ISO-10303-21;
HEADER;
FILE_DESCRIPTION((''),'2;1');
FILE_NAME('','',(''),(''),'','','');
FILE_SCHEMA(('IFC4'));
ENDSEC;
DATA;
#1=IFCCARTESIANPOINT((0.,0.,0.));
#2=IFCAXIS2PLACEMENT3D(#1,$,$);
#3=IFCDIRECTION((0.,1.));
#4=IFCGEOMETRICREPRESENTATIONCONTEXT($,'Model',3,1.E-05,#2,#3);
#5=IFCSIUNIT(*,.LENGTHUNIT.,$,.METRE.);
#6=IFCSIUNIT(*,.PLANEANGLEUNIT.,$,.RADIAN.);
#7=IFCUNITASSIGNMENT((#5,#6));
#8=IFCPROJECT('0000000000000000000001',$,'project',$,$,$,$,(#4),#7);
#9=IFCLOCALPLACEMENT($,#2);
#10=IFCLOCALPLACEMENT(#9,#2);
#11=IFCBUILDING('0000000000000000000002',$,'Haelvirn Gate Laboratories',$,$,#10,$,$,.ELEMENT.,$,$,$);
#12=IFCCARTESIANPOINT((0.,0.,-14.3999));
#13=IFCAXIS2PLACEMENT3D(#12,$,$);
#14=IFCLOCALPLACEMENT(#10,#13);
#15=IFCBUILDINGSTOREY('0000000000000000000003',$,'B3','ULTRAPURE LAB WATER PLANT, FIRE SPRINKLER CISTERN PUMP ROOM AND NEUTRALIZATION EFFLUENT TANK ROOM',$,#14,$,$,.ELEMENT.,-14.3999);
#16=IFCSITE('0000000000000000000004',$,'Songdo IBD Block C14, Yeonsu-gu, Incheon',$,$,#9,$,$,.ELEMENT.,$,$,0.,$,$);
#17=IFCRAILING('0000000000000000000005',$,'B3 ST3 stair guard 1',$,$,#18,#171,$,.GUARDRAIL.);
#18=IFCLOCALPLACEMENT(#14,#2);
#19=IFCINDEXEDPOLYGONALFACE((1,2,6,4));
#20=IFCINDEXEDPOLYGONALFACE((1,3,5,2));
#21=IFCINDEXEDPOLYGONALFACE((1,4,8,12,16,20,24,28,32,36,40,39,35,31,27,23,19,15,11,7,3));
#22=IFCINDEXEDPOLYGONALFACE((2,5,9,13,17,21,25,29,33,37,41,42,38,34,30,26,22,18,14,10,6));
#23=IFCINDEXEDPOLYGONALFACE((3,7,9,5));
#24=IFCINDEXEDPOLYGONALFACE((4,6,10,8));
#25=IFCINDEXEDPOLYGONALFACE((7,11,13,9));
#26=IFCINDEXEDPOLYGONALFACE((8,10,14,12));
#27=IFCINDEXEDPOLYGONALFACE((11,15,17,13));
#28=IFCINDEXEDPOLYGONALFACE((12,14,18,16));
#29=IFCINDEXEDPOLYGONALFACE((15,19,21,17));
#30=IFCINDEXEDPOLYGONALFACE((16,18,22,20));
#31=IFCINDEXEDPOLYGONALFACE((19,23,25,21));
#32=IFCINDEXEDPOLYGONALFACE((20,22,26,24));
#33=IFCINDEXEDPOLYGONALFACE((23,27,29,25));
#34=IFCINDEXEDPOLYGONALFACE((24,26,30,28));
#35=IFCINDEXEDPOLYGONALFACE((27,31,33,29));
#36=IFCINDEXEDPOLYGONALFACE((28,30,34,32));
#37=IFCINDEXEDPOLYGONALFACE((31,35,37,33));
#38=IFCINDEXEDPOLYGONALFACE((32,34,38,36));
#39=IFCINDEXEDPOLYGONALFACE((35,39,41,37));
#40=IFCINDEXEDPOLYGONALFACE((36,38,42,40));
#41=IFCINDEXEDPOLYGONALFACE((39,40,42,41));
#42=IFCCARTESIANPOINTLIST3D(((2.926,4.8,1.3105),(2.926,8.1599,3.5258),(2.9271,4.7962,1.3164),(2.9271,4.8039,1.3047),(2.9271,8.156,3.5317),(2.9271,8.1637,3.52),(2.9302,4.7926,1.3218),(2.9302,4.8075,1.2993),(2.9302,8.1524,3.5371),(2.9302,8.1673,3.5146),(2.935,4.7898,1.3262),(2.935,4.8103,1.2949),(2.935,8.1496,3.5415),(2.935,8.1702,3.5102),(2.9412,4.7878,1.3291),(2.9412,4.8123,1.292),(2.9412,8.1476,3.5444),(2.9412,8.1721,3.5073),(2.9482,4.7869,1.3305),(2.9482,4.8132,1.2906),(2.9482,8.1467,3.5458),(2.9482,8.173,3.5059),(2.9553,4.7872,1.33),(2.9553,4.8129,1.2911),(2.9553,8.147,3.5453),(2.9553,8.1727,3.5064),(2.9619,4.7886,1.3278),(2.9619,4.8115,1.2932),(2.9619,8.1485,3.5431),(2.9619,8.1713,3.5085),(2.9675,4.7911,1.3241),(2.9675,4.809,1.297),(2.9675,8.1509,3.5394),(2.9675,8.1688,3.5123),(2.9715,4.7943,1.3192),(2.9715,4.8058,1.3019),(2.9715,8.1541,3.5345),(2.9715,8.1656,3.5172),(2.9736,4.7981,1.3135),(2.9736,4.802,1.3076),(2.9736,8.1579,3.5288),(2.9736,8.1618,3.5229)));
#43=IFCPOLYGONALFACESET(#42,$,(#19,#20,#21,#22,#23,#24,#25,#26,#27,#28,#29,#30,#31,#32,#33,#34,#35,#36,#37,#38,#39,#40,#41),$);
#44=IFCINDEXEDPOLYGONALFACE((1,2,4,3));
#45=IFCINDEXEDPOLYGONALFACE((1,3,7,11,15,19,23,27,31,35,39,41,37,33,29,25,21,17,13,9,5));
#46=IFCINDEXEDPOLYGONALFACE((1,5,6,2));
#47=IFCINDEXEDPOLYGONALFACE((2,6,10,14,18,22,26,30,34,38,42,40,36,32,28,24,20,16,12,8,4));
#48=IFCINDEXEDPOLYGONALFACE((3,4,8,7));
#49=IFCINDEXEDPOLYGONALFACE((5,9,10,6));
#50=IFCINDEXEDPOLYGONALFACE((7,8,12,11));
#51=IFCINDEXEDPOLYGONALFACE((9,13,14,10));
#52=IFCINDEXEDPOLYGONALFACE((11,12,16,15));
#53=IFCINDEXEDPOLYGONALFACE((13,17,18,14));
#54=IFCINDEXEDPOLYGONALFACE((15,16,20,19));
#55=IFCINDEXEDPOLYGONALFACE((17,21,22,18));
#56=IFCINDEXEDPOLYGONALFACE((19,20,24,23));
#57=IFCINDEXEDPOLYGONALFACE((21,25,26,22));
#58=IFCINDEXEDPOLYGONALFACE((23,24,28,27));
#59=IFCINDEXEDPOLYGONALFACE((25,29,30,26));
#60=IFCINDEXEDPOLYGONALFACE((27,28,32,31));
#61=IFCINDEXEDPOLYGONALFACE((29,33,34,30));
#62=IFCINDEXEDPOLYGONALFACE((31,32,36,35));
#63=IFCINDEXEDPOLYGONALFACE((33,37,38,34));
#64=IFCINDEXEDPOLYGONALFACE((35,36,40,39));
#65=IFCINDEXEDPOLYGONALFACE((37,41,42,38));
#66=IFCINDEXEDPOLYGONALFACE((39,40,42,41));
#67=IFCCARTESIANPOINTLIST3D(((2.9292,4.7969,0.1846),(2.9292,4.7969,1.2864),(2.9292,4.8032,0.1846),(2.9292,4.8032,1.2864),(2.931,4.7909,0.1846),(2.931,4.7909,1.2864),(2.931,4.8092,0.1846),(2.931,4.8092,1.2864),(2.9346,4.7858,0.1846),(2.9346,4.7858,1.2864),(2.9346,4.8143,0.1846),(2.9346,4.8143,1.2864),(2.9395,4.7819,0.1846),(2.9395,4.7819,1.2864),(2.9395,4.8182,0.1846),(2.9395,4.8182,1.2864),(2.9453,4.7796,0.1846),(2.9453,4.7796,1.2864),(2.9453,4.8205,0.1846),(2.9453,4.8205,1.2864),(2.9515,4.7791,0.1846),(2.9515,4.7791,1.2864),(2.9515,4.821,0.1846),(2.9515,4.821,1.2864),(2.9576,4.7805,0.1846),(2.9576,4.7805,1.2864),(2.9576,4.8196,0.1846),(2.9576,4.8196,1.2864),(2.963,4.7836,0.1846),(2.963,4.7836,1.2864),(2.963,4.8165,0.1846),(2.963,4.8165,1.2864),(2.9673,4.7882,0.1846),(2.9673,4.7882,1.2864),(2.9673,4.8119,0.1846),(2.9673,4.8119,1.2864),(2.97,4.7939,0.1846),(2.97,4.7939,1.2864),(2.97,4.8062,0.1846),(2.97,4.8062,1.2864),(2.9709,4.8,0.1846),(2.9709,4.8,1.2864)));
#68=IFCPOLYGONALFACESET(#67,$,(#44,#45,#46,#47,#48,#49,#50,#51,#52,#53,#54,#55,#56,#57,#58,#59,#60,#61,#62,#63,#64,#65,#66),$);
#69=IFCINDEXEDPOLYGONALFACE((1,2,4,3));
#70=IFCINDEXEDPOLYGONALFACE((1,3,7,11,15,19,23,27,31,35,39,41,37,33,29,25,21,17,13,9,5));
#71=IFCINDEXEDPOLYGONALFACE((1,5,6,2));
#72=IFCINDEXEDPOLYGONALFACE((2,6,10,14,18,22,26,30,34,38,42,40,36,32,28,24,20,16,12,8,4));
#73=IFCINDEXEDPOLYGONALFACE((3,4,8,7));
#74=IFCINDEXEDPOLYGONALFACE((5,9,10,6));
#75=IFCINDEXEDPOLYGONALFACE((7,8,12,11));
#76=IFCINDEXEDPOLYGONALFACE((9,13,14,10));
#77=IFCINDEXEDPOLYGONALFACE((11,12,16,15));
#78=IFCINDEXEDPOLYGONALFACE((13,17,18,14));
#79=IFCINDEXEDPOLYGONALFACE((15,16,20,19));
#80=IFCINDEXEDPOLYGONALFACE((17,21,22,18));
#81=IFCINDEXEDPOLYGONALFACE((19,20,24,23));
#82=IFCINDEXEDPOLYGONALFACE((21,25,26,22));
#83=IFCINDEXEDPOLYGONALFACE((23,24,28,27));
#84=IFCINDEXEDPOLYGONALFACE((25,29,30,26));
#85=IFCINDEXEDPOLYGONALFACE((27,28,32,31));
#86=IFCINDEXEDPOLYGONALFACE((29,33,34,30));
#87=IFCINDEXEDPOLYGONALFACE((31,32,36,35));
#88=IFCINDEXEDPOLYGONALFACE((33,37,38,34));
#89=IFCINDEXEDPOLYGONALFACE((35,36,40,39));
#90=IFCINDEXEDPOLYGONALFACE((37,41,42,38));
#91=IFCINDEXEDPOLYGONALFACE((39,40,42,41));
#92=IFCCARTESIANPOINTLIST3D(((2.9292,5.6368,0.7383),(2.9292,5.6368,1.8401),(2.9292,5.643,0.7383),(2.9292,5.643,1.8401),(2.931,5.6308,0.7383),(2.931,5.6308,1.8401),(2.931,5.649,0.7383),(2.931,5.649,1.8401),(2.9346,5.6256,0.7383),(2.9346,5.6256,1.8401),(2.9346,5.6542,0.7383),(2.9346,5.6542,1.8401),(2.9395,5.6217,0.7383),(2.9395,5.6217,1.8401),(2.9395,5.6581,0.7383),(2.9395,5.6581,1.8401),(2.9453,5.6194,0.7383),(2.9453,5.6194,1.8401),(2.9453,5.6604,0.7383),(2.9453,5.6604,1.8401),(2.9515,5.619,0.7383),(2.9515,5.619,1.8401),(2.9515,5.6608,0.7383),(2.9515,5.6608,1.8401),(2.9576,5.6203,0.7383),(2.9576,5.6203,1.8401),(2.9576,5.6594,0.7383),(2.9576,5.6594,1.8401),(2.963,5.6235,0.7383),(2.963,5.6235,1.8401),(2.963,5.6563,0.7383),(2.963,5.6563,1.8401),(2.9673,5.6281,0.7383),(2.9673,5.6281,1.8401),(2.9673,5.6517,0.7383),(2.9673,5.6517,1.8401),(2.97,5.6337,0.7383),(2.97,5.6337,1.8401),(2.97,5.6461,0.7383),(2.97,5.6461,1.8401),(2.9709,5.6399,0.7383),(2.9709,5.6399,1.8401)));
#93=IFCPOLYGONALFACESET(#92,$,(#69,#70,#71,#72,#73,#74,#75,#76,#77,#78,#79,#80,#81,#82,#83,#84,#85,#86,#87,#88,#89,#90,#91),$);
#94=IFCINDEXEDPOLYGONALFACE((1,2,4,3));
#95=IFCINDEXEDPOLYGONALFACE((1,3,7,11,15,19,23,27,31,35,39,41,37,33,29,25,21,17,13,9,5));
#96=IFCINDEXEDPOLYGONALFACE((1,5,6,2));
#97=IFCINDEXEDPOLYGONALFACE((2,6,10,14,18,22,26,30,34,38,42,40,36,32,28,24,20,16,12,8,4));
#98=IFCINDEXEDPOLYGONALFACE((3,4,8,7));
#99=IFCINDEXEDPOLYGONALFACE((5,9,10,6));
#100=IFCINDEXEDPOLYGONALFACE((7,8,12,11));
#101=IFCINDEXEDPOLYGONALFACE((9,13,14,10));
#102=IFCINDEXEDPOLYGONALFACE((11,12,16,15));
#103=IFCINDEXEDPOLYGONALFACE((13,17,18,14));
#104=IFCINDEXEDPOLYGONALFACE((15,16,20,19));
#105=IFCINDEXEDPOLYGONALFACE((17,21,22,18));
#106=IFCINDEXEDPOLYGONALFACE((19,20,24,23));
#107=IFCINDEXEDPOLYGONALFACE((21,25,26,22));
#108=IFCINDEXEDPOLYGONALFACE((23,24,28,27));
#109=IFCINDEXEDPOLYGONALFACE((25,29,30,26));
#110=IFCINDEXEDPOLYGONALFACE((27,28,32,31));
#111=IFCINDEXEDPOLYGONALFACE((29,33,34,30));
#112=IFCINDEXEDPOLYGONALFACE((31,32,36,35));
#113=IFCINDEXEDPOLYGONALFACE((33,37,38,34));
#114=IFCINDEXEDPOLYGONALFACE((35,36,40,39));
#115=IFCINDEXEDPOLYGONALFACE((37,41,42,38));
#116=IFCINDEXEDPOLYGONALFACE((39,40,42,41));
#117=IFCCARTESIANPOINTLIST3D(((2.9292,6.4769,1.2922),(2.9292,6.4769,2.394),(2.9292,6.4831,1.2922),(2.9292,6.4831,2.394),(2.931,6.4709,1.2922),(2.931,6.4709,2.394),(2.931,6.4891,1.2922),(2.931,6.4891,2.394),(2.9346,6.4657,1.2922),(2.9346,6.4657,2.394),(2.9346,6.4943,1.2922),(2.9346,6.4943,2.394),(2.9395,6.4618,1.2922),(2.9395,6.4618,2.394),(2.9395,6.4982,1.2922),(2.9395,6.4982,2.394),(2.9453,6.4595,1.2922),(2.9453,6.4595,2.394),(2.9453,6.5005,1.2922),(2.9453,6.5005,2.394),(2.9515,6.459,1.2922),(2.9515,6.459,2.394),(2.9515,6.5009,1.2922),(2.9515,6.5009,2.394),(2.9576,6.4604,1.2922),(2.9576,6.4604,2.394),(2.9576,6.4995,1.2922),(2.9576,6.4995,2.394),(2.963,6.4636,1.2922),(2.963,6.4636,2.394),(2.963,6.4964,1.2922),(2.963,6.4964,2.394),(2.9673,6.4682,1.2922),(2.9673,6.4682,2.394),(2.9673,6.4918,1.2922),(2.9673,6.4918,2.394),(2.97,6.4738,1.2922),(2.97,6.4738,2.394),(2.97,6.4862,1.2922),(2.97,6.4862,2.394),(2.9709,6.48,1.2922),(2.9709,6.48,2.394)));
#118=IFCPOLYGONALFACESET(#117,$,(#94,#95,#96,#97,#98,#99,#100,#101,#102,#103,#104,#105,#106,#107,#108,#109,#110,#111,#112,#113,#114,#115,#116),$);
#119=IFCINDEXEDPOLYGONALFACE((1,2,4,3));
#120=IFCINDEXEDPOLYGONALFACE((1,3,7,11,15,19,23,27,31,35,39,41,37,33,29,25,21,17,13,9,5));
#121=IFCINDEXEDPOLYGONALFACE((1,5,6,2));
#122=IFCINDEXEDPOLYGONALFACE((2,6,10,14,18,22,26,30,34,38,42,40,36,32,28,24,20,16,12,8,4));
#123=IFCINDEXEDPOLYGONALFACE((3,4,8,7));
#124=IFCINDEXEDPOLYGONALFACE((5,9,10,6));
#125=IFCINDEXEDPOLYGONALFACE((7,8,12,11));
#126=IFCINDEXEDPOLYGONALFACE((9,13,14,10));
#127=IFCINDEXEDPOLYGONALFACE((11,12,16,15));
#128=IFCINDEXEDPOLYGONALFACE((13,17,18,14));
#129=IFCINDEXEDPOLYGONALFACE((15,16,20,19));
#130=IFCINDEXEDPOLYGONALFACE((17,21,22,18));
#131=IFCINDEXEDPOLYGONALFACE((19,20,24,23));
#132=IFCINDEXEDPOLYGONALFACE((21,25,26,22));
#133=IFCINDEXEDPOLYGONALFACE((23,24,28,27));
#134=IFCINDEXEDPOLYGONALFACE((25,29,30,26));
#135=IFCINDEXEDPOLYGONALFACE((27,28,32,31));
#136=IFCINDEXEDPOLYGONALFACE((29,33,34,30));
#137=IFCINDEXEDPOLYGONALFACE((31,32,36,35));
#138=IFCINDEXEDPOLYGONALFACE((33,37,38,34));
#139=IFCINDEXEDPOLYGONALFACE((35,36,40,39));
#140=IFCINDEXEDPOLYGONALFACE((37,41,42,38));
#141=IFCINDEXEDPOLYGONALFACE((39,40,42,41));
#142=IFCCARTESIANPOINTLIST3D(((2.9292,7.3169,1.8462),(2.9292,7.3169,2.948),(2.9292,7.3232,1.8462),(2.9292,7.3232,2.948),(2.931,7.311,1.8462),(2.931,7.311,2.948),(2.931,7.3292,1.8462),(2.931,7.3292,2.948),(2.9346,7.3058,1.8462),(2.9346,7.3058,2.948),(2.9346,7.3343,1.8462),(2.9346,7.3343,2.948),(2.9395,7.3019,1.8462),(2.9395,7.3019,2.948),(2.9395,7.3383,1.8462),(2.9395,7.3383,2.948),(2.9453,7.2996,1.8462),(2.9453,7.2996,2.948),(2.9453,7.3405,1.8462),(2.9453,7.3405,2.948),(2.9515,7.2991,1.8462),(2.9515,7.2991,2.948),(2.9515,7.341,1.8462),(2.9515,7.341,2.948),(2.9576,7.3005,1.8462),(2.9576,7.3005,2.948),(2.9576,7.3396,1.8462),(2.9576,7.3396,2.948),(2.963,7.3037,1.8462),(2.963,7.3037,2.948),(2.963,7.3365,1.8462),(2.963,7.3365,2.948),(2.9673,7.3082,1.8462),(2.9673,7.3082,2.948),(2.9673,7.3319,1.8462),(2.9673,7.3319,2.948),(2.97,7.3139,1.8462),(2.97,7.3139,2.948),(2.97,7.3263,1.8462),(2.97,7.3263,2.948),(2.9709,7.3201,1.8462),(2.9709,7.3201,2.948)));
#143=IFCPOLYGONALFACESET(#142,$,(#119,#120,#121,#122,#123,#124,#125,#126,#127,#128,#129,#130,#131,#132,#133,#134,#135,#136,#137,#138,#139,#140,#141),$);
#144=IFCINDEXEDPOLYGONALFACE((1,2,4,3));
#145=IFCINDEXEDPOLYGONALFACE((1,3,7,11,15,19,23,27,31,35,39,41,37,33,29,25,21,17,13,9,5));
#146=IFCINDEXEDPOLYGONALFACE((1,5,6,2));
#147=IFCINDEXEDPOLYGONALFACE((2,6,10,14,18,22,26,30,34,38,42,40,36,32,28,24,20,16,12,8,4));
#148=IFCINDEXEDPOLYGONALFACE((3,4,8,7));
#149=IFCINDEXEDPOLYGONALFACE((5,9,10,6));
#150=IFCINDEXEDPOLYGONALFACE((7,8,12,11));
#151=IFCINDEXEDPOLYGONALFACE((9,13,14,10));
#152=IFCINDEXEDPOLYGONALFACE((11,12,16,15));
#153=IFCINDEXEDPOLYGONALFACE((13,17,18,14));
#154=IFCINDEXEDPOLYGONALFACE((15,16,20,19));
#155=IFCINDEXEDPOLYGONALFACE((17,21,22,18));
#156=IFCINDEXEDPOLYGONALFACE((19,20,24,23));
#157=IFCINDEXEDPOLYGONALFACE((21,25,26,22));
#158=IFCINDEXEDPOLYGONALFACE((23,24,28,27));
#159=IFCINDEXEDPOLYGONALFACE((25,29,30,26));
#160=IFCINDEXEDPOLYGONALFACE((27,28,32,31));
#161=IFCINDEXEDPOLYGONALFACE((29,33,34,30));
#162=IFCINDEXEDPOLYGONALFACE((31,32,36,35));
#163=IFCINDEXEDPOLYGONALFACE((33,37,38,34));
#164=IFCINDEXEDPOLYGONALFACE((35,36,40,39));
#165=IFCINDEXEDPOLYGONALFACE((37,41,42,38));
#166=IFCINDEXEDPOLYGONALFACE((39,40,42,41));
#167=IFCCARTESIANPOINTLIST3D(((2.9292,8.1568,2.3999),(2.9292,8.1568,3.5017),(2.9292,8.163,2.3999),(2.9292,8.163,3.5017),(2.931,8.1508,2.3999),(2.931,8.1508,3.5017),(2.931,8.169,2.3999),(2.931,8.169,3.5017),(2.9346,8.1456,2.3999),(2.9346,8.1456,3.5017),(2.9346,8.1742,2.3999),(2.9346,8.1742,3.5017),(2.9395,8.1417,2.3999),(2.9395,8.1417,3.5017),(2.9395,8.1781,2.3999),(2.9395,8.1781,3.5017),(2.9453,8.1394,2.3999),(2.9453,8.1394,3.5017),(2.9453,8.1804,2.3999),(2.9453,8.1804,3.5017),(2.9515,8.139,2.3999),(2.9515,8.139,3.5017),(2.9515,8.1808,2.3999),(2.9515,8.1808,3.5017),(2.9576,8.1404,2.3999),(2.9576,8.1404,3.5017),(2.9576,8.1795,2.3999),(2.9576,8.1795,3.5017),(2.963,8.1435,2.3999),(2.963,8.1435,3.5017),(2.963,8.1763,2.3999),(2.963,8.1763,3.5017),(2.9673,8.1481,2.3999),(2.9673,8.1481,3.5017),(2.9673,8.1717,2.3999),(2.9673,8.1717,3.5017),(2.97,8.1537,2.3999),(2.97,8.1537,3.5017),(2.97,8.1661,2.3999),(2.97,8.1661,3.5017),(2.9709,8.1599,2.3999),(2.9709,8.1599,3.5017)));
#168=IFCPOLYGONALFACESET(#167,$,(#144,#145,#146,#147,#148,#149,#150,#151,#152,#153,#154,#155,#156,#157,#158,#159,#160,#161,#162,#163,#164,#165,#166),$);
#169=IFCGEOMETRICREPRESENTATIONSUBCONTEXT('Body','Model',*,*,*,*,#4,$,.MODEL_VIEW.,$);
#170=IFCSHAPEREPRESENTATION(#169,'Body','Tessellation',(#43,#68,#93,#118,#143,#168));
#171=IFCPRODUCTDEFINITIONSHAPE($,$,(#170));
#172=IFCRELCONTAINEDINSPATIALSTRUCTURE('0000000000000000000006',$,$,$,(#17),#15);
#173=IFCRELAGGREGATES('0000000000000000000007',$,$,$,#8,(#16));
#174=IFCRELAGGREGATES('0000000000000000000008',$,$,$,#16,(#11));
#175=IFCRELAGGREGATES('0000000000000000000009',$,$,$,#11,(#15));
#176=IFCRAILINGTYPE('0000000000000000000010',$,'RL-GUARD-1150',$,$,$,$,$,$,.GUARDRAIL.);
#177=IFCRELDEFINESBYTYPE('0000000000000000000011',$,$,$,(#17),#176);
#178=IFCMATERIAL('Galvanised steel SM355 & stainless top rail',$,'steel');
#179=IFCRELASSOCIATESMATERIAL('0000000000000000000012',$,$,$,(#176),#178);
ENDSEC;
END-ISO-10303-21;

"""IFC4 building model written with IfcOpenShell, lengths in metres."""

from ifc_helpers import new_model, si_unit, direction, frame, origin, origin_2d, place, context, subcontext, project, spatial, circle, extrude, source, transform, mapped, material, type_object, element, save


model = new_model("IFC4")

# Units and contexts
model_context = context("Model", 3, precision=1e-05, world=origin(), true_north=direction((0.0, 1.0)))
body_context = subcontext(model_context, "Body", "Model", "MODEL_VIEW")
ifc_project = project(units=[si_unit("LENGTHUNIT", "METRE"), si_unit("PLANEANGLEUNIT", "RADIAN")], contexts=[model_context])

# Site, building, storey
site_placement = place(None, origin())
site = spatial("IfcSite", under=ifc_project, at=site_placement, Name="Songdo IBD Block C14, Yeonsu-gu, Incheon", CompositionType="ELEMENT", RefElevation=0.0)
building_placement = place(site_placement, origin())
building = spatial("IfcBuilding", under=site, at=building_placement, Name="Haelvirn Gate Laboratories", CompositionType="ELEMENT")
storey_placement = place(building_placement, frame((0.0, 0.0, -14.3999)))
storey = spatial("IfcBuildingStorey", under=building, at=storey_placement, Name="B3", Description="ULTRAPURE LAB WATER PLANT, FIRE SPRINKLER CISTERN PUMP ROOM AND NEUTRALIZATION EFFLUENT TANK ROOM", CompositionType="ELEMENT", Elevation=-14.3999)

# Railing
ifc_material_1 = material(Name="Galvanised steel SM355 & stainless top rail", Category="steel")
railing_type_1 = type_object("IfcRailingType", Name="RL-GUARD-1150", PredefinedType="GUARDRAIL", material=ifc_material_1)
shared_shape_1 = source(origin(), body_context, "Body", "SweptSolid", [
    extrude(circle(Radius=0.0239, at=origin_2d()), frame((0.0, 0.0, 1.126), z_axis=(0.0, 0.834858, 0.550465), x_axis=(-1.0, 0.0, 0.0)), (0.0, 0.0, 1.0), 4.0244),
    extrude(circle(Radius=0.021, at=origin_2d()), origin(), (0.0, 0.0, 1.0), 1.1018),
    extrude(circle(Radius=0.021, at=origin_2d()), frame((0.0, 0.8398, 0.5537)), (0.0, 0.0, 1.0), 1.1018),
    extrude(circle(Radius=0.021, at=origin_2d()), frame((0.0, 1.6799, 1.1077)), (0.0, 0.0, 1.0), 1.1018),
    extrude(circle(Radius=0.021, at=origin_2d()), frame((0.0, 2.52, 1.6616)), (0.0, 0.0, 1.0), 1.1018),
    extrude(circle(Radius=0.021, at=origin_2d()), frame((0.0, 3.3599, 2.2153)), (0.0, 0.0, 1.0), 1.1018),
])
railing_1_placement = place(storey_placement, frame((2.95, 4.8, 0.1846)))
element("IfcRailing", 1, at=railing_1_placement, inside=storey, type_object=railing_type_1, Name="B3 ST3 stair guard 1", PredefinedType="GUARDRAIL", context=body_context, shape_type="MappedRepresentation", body=[
    mapped(shared_shape_1, transform((0.0, 0.0, 0.0), scale=1.0)),
])

save(model, "model.ifc")
